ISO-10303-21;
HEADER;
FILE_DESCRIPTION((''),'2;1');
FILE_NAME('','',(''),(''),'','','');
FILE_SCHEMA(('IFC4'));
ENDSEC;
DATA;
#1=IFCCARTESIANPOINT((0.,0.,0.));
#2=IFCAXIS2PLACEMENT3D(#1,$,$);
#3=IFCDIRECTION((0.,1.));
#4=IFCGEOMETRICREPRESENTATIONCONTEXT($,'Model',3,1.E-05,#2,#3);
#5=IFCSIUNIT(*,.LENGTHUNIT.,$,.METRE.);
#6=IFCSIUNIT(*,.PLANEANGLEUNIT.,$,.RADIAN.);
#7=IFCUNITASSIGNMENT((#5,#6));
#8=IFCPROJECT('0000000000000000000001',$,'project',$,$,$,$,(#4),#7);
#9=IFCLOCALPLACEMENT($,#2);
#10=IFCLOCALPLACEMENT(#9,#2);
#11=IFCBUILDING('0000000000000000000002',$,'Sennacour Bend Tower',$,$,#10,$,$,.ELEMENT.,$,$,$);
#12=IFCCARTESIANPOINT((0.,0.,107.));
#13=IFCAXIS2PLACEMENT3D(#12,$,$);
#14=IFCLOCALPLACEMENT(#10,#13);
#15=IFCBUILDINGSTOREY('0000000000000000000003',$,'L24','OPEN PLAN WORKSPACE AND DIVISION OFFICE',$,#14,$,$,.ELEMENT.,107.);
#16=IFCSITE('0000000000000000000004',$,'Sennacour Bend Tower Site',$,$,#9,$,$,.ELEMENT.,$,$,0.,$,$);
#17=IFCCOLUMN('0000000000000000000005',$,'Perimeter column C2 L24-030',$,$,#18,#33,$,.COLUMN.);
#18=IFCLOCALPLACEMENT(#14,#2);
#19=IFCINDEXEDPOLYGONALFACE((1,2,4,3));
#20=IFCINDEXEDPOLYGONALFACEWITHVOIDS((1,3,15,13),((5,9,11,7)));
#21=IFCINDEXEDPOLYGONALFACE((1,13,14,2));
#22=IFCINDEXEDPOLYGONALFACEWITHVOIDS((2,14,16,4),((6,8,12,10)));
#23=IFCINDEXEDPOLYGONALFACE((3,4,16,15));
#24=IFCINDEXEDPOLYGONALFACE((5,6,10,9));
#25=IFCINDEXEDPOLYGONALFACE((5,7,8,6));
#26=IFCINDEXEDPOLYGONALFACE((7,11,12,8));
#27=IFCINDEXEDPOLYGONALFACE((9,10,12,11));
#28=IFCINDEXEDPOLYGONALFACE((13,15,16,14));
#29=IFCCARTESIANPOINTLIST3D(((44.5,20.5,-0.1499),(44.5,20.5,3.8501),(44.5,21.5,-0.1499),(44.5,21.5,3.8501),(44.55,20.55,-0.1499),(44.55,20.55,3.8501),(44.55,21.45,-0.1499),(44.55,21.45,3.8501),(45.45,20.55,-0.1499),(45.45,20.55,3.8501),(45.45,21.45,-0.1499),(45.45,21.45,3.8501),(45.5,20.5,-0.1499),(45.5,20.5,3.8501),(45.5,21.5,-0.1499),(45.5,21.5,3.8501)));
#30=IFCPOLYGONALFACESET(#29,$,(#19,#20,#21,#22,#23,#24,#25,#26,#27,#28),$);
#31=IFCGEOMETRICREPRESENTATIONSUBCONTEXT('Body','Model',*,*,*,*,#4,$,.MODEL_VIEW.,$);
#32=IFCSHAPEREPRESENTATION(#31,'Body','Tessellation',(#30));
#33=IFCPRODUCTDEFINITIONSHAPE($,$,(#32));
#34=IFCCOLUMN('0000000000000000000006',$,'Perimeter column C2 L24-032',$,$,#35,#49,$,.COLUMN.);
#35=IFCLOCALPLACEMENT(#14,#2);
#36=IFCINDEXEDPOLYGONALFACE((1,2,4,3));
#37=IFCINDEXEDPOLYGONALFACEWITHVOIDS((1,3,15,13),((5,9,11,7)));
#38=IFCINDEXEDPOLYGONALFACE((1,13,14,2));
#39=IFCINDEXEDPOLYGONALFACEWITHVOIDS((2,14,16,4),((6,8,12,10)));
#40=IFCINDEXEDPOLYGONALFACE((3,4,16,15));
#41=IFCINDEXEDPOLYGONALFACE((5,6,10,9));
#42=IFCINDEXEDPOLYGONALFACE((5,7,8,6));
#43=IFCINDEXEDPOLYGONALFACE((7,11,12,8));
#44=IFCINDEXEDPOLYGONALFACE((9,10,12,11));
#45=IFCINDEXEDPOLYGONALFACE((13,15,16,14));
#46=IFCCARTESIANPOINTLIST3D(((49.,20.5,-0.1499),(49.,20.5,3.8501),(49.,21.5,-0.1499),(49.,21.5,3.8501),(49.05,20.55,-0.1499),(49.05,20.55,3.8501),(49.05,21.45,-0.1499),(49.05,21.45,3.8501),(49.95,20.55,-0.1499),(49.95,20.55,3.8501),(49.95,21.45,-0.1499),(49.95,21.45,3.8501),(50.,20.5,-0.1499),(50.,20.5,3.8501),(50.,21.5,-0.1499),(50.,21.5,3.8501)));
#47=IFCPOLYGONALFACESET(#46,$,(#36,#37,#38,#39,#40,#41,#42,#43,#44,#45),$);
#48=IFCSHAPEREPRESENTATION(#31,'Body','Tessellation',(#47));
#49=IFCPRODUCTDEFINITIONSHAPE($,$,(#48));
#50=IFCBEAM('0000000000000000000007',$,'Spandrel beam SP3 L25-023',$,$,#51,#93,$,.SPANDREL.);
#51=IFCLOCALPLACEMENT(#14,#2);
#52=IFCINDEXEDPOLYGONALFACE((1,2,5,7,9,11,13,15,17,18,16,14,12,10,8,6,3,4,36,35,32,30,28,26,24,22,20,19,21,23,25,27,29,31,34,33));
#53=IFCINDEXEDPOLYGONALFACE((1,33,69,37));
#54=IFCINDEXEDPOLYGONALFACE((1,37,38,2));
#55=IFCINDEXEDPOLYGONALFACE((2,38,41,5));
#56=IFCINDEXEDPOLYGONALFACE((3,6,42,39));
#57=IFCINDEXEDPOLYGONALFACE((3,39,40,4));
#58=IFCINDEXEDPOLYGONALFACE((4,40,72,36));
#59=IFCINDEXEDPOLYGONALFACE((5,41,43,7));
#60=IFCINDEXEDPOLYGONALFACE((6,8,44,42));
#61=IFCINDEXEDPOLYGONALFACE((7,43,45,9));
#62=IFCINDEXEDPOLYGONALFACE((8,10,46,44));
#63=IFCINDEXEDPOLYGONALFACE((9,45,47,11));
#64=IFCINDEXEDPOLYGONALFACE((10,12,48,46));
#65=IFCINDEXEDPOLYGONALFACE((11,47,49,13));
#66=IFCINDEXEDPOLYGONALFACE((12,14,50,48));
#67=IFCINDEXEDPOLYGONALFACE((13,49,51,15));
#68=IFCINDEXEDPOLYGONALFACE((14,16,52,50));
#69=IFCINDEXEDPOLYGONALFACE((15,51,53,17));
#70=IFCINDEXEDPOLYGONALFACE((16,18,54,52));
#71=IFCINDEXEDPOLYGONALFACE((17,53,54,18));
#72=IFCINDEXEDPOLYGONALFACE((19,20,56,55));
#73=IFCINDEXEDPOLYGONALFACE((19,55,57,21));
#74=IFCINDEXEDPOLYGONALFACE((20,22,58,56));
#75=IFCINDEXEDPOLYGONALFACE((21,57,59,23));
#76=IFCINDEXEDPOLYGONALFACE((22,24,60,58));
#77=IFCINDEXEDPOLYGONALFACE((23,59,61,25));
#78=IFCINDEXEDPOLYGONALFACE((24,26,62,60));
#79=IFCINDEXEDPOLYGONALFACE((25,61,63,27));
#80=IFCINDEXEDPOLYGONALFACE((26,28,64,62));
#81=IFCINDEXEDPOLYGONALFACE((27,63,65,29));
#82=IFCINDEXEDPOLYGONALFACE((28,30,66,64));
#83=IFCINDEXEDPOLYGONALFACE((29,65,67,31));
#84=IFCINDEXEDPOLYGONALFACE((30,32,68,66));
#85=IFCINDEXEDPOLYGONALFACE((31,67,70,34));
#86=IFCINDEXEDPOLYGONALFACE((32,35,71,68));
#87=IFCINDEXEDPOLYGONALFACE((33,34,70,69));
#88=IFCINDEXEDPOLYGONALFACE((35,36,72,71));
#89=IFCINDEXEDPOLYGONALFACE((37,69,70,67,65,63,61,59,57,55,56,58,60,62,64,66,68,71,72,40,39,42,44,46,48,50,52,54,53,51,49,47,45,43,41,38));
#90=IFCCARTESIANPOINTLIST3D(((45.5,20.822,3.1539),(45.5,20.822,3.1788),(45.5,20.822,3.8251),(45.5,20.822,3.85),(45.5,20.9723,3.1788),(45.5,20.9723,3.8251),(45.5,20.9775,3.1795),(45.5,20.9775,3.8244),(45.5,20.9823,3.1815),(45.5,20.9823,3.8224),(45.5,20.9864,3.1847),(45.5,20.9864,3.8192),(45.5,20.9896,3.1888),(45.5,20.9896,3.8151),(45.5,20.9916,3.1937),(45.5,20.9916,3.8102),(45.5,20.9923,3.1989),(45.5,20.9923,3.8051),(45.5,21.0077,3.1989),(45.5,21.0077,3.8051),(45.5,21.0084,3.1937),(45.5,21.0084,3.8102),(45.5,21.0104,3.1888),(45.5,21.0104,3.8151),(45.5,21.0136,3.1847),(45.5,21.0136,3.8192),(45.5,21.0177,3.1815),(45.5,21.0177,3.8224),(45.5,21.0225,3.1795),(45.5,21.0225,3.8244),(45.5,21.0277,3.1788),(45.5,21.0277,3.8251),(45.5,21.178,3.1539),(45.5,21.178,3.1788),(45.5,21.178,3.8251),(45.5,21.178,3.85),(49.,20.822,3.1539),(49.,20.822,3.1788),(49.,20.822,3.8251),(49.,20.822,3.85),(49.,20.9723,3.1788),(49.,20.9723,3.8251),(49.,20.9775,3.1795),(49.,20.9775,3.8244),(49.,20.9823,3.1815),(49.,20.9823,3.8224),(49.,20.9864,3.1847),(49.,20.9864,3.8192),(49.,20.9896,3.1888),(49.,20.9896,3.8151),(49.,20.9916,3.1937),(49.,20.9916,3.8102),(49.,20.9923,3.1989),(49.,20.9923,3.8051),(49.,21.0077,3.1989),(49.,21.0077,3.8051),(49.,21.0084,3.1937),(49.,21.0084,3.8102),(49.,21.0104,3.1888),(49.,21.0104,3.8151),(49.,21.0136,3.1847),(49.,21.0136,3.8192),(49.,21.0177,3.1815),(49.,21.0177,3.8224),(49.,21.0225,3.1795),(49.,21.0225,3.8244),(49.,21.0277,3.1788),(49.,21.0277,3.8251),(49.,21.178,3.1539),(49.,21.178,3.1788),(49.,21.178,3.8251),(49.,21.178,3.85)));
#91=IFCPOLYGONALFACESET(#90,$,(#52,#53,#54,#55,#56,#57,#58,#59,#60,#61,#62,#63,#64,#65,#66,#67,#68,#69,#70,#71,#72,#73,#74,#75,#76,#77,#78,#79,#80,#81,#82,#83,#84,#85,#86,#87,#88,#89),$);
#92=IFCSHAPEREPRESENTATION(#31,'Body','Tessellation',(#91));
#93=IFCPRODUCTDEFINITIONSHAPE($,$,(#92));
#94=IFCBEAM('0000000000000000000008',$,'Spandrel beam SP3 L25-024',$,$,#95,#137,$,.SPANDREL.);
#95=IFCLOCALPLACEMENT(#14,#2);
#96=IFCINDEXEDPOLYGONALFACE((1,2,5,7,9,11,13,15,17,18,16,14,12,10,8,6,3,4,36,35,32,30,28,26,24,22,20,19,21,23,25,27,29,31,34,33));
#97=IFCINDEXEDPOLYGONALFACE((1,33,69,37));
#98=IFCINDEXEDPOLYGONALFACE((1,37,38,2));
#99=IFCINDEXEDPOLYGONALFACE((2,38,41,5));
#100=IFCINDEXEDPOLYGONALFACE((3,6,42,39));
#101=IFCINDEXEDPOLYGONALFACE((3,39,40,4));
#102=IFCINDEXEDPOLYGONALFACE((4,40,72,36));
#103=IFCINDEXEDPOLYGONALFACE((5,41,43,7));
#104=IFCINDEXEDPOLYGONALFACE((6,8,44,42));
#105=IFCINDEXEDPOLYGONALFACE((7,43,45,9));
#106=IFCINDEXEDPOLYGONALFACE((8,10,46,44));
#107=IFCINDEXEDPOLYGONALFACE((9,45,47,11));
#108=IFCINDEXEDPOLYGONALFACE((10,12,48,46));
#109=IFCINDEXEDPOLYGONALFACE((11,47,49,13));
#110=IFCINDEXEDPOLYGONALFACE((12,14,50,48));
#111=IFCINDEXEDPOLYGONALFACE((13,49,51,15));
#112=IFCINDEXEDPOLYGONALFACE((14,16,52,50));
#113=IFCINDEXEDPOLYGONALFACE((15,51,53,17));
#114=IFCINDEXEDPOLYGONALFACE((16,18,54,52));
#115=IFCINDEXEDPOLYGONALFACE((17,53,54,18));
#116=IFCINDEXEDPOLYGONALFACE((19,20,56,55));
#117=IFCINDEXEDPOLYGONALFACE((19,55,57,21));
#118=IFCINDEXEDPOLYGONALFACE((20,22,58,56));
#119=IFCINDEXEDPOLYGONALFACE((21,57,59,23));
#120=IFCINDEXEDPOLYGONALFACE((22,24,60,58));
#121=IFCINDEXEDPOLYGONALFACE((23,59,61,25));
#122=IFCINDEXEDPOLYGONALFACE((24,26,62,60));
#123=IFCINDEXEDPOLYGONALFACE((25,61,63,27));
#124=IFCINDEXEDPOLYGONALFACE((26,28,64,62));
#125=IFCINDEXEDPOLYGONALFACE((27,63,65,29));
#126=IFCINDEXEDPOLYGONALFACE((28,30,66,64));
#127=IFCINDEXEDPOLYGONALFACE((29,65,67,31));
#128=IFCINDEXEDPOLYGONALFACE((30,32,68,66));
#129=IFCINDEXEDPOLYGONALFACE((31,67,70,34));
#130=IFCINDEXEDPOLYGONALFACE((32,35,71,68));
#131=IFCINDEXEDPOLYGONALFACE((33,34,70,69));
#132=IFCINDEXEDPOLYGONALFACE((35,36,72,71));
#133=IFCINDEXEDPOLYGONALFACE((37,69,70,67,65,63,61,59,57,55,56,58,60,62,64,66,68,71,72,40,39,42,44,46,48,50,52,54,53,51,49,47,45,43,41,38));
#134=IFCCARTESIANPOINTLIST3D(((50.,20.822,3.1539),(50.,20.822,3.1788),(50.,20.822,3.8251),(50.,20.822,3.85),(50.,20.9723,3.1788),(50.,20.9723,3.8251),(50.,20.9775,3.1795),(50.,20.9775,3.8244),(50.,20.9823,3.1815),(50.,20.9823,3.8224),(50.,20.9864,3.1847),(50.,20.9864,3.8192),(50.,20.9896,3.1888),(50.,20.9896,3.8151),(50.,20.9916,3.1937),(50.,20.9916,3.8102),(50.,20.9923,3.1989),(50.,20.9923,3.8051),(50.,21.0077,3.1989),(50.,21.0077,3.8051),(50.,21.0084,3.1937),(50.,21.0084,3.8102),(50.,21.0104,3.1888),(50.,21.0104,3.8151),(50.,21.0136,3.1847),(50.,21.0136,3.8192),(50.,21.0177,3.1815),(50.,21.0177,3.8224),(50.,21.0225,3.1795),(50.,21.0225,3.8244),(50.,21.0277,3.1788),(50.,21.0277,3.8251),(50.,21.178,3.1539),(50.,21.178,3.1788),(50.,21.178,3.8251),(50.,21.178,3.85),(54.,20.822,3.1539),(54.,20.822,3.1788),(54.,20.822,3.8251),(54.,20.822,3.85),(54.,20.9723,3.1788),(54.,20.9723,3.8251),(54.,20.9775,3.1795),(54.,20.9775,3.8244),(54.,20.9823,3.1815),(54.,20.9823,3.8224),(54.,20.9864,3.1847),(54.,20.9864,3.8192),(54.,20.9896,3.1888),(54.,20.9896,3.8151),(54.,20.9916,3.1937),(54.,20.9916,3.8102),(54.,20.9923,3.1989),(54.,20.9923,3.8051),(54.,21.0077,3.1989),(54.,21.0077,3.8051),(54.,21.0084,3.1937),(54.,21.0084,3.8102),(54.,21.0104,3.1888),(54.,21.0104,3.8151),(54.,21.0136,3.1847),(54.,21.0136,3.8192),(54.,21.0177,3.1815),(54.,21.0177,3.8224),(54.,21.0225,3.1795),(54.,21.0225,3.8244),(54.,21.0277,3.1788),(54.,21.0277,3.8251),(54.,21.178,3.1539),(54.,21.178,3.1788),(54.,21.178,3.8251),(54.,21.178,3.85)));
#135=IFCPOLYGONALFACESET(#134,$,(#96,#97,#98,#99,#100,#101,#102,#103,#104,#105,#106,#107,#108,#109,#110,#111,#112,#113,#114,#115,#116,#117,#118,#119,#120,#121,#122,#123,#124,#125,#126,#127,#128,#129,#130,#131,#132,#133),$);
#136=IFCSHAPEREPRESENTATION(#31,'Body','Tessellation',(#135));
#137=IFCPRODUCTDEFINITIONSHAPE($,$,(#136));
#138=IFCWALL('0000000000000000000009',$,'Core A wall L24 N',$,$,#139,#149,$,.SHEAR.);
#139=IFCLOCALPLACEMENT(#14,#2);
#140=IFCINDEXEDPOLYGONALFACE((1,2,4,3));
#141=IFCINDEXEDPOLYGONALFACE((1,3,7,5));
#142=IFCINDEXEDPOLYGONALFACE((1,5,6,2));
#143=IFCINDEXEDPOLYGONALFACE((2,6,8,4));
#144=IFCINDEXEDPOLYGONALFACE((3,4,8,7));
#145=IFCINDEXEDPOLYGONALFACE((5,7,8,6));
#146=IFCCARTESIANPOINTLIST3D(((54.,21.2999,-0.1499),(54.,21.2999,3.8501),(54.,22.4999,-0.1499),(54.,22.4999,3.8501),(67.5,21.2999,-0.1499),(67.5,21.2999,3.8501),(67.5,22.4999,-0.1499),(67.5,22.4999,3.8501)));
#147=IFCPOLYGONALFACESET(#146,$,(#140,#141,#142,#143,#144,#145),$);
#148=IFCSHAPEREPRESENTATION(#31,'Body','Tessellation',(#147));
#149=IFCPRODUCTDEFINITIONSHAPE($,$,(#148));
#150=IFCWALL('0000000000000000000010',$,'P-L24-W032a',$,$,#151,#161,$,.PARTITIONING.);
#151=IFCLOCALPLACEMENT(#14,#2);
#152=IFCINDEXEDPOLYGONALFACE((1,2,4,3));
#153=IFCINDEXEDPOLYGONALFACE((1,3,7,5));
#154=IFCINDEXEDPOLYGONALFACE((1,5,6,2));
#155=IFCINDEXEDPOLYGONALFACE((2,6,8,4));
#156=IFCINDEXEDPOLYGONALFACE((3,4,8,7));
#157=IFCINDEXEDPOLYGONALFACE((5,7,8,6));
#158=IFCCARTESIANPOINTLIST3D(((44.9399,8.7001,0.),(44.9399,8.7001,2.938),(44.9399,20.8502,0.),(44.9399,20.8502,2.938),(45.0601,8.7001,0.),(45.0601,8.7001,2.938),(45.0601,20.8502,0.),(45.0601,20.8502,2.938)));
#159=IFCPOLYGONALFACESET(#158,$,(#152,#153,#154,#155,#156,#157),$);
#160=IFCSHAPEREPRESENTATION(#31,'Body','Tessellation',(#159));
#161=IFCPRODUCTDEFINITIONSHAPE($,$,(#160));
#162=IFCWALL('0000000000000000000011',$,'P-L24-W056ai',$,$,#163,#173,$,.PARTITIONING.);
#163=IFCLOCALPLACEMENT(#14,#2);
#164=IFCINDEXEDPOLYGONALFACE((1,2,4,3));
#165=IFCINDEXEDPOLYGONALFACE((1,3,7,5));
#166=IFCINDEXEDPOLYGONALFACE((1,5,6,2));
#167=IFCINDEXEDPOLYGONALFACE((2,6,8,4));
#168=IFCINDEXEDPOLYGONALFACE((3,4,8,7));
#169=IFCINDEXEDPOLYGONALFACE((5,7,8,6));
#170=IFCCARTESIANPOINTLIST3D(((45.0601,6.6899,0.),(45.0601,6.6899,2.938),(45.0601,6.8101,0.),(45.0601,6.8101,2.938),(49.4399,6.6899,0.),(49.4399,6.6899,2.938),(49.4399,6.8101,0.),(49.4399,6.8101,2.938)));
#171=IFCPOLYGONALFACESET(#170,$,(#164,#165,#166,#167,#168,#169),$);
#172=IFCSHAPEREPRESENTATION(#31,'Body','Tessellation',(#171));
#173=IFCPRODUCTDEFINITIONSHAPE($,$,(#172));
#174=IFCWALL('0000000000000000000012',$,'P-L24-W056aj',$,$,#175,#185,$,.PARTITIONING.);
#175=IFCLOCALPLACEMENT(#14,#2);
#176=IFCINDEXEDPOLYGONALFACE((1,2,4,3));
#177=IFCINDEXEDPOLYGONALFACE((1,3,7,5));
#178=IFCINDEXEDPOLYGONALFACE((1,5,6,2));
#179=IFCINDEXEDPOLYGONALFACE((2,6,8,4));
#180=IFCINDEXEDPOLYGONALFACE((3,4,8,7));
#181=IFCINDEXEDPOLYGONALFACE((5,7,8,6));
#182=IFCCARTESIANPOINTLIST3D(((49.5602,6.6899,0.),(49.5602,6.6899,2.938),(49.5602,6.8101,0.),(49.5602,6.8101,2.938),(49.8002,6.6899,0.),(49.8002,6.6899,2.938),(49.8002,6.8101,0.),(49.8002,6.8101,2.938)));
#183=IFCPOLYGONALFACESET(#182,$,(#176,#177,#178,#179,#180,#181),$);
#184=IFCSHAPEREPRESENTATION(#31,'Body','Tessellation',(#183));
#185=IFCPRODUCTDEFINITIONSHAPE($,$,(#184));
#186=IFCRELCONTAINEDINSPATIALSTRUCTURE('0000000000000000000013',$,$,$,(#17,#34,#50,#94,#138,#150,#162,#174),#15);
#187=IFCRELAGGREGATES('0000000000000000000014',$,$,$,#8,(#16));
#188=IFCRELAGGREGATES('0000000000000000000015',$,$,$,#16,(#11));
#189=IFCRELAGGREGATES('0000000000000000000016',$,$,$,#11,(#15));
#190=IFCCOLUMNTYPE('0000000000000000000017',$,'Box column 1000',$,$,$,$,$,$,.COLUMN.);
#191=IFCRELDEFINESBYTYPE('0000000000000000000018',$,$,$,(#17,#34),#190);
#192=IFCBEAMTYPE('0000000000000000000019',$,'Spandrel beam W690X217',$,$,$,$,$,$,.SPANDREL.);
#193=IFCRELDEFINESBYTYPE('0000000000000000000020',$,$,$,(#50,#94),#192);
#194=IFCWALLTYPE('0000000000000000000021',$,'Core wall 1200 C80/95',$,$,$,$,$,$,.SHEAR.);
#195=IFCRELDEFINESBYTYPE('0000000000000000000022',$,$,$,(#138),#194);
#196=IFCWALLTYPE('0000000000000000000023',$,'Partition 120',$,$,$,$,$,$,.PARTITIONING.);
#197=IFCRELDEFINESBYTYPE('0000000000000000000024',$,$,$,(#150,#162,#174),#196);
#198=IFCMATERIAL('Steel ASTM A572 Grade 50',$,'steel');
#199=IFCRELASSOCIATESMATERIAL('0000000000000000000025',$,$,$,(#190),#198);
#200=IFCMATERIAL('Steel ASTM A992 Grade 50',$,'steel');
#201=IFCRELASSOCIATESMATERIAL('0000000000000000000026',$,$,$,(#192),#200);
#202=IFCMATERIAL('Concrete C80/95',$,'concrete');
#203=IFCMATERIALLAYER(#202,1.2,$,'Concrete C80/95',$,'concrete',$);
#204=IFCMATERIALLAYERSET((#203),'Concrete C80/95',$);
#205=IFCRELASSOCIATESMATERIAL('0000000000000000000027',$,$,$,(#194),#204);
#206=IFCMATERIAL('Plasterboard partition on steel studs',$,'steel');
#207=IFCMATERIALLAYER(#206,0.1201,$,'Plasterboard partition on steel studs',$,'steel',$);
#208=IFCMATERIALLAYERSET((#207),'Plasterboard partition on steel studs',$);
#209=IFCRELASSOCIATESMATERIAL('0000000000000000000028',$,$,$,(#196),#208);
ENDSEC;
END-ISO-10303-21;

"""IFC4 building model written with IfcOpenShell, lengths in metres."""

from ifc_helpers import new_model, si_unit, direction, frame, frame_2d, origin, origin_2d, place, context, subcontext, project, spatial, rectangle, hollow_rectangle, i_section, extrude, material, layer, layer_set, material_profile, profile_set, type_object, element, save


model = new_model("IFC4")

# Units and contexts
model_context = context("Model", 3, precision=1e-05, world=origin(), true_north=direction((0.0, 1.0)))
body_context = subcontext(model_context, "Body", "Model", "MODEL_VIEW")
ifc_project = project(units=[si_unit("LENGTHUNIT", "METRE"), si_unit("PLANEANGLEUNIT", "RADIAN")], contexts=[model_context])

# Site, building, storey
site_placement = place(None, origin())
site = spatial("IfcSite", under=ifc_project, at=site_placement, Name="Sennacour Bend Tower Site", CompositionType="ELEMENT", RefElevation=0.0)
building_placement = place(site_placement, origin())
building = spatial("IfcBuilding", under=site, at=building_placement, Name="Sennacour Bend Tower", CompositionType="ELEMENT")
storey_placement = place(building_placement, frame((0.0, 0.0, 107.0)))
storey = spatial("IfcBuildingStorey", under=building, at=storey_placement, Name="L24", Description="OPEN PLAN WORKSPACE AND DIVISION OFFICE", CompositionType="ELEMENT", Elevation=107.0)

# Columns
ifc_material_1 = material(Name="Steel ASTM A572 Grade 50", Category="steel")
ifc_material_profile_1 = material_profile(ifc_material_1, hollow_rectangle(XDim=1.0, YDim=1.0, WallThickness=0.05, at=origin_2d()), Name="Steel ASTM A572 Grade 50", Category="steel")
ifc_profile_set_1 = profile_set([ifc_material_profile_1], Name="Steel ASTM A572 Grade 50")
column_type = type_object("IfcColumnType", Name="Box column 1000", PredefinedType="COLUMN", material=ifc_profile_set_1)
for number, where, z_axis, x_axis, name in (
    (1, (45.0, 21.0, -0.1499), (0.0, 0.0, 1.0), (1.0, 0.0, 0.0), "Perimeter column C2 L24-030"),
    (2, (49.5, 21.0, -0.1499), (0.0, 0.0, 1.0), (1.0, 0.0, 0.0), "Perimeter column C2 L24-032"),
):
    element("IfcColumn", number, at=place(storey_placement, frame(where, z_axis=z_axis, x_axis=x_axis)), inside=storey, type_object=column_type, Name=name, PredefinedType="COLUMN", context=body_context, shape_type="SweptSolid", body=[
        extrude(hollow_rectangle(XDim=1.0, YDim=1.0, WallThickness=0.05, at=origin_2d()), origin(), (0.0, 0.0, 1.0), 4.0),
    ])

# Beams
ifc_material_2 = material(Name="Steel ASTM A992 Grade 50", Category="steel")
ifc_material_profile_2 = material_profile(ifc_material_2, i_section(OverallWidth=0.356, OverallDepth=0.696, WebThickness=0.0154, FlangeThickness=0.0249, FilletRadius=0.02, at=origin_2d()), Name="Steel ASTM A992 Grade 50", Category="steel")
ifc_profile_set_2 = profile_set([ifc_material_profile_2], Name="Steel ASTM A992 Grade 50")
beam_type = type_object("IfcBeamType", Name="Spandrel beam W690X217", PredefinedType="SPANDREL", material=ifc_profile_set_2)
beam_1_placement = place(storey_placement, frame((45.5, 21.0, 3.502), z_axis=(1.0, 0.0, 0.0), x_axis=(0.0, 1.0, 0.0)))
element("IfcBeam", 3, at=beam_1_placement, inside=storey, type_object=beam_type, Name="Spandrel beam SP3 L25-023", PredefinedType="SPANDREL", context=body_context, shape_type="SweptSolid", body=[
    extrude(i_section(OverallWidth=0.356, OverallDepth=0.696, WebThickness=0.0154, FlangeThickness=0.0249, FilletRadius=0.02, at=origin_2d()), origin(), (0.0, 0.0, 1.0), 3.5),
])
beam_2_placement = place(storey_placement, frame((50.0, 21.0, 3.502), z_axis=(1.0, 0.0, 0.0), x_axis=(0.0, 1.0, 0.0)))
element("IfcBeam", 4, at=beam_2_placement, inside=storey, type_object=beam_type, Name="Spandrel beam SP3 L25-024", PredefinedType="SPANDREL", context=body_context, shape_type="SweptSolid", body=[
    extrude(i_section(OverallWidth=0.356, OverallDepth=0.696, WebThickness=0.0154, FlangeThickness=0.0249, FilletRadius=0.02, at=origin_2d()), origin(), (0.0, 0.0, 1.0), 4.0),
])

# Walls
ifc_material_3 = material(Name="Concrete C80/95", Category="concrete")
ifc_layer_1 = layer(ifc_material_3, 1.2, Name="Concrete C80/95", Category="concrete")
ifc_layer_set_1 = layer_set([ifc_layer_1], Name="Concrete C80/95")
wall_type_1 = type_object("IfcWallType", Name="Core wall 1200 C80/95", PredefinedType="SHEAR", material=ifc_layer_set_1)
wall_1_placement = place(storey_placement, frame((54.0, 21.8999, -0.1499), z_axis=(0.0, 0.0, 1.0), x_axis=(1.0, 0.0, 0.0)))
element("IfcWall", 5, at=wall_1_placement, inside=storey, type_object=wall_type_1, Name="Core A wall L24 N", PredefinedType="SHEAR", context=body_context, shape_type="SweptSolid", body=[
    extrude(rectangle(XDim=13.5, YDim=1.2, at=frame_2d((6.75, 0.0))), origin(), (0.0, 0.0, 1.0), 4.0),
])
ifc_material_4 = material(Name="Plasterboard partition on steel studs", Category="steel")
ifc_layer_2 = layer(ifc_material_4, 0.1201, Name="Plasterboard partition on steel studs", Category="steel")
ifc_layer_set_2 = layer_set([ifc_layer_2], Name="Plasterboard partition on steel studs")
wall_type_2 = type_object("IfcWallType", Name="Partition 120", PredefinedType="PARTITIONING", material=ifc_layer_set_2)
wall_2_placement = place(storey_placement, frame((45.0, 8.7, 0.0), z_axis=(0.0, 0.0, 1.0), x_axis=(0.0, 1.0, 0.0)))
element("IfcWall", 6, at=wall_2_placement, inside=storey, type_object=wall_type_2, Name="P-L24-W032a", PredefinedType="PARTITIONING", context=body_context, shape_type="SweptSolid", body=[
    extrude(rectangle(XDim=12.1501, YDim=0.1201, at=frame_2d((6.0752, 0.0))), origin(), (0.0, 0.0, 1.0), 2.938),
])
wall_3_placement = place(storey_placement, frame((45.0601, 6.75, 0.0), z_axis=(0.0, 0.0, 1.0), x_axis=(1.0, 0.0, 0.0)))
element("IfcWall", 7, at=wall_3_placement, inside=storey, type_object=wall_type_2, Name="P-L24-W056ai", PredefinedType="PARTITIONING", context=body_context, shape_type="SweptSolid", body=[
    extrude(rectangle(XDim=4.3799, YDim=0.1201, at=frame_2d((2.1899, 0.0))), origin(), (0.0, 0.0, 1.0), 2.938),
])
wall_4_placement = place(storey_placement, frame((49.5601, 6.75, 0.0), z_axis=(0.0, 0.0, 1.0), x_axis=(1.0, 0.0, 0.0)))
element("IfcWall", 8, at=wall_4_placement, inside=storey, type_object=wall_type_2, Name="P-L24-W056aj", PredefinedType="PARTITIONING", context=body_context, shape_type="SweptSolid", body=[
    extrude(rectangle(XDim=0.24, YDim=0.1201, at=frame_2d((0.1201, 0.0))), origin(), (0.0, 0.0, 1.0), 2.938),
])

save(model, "model.ifc")
